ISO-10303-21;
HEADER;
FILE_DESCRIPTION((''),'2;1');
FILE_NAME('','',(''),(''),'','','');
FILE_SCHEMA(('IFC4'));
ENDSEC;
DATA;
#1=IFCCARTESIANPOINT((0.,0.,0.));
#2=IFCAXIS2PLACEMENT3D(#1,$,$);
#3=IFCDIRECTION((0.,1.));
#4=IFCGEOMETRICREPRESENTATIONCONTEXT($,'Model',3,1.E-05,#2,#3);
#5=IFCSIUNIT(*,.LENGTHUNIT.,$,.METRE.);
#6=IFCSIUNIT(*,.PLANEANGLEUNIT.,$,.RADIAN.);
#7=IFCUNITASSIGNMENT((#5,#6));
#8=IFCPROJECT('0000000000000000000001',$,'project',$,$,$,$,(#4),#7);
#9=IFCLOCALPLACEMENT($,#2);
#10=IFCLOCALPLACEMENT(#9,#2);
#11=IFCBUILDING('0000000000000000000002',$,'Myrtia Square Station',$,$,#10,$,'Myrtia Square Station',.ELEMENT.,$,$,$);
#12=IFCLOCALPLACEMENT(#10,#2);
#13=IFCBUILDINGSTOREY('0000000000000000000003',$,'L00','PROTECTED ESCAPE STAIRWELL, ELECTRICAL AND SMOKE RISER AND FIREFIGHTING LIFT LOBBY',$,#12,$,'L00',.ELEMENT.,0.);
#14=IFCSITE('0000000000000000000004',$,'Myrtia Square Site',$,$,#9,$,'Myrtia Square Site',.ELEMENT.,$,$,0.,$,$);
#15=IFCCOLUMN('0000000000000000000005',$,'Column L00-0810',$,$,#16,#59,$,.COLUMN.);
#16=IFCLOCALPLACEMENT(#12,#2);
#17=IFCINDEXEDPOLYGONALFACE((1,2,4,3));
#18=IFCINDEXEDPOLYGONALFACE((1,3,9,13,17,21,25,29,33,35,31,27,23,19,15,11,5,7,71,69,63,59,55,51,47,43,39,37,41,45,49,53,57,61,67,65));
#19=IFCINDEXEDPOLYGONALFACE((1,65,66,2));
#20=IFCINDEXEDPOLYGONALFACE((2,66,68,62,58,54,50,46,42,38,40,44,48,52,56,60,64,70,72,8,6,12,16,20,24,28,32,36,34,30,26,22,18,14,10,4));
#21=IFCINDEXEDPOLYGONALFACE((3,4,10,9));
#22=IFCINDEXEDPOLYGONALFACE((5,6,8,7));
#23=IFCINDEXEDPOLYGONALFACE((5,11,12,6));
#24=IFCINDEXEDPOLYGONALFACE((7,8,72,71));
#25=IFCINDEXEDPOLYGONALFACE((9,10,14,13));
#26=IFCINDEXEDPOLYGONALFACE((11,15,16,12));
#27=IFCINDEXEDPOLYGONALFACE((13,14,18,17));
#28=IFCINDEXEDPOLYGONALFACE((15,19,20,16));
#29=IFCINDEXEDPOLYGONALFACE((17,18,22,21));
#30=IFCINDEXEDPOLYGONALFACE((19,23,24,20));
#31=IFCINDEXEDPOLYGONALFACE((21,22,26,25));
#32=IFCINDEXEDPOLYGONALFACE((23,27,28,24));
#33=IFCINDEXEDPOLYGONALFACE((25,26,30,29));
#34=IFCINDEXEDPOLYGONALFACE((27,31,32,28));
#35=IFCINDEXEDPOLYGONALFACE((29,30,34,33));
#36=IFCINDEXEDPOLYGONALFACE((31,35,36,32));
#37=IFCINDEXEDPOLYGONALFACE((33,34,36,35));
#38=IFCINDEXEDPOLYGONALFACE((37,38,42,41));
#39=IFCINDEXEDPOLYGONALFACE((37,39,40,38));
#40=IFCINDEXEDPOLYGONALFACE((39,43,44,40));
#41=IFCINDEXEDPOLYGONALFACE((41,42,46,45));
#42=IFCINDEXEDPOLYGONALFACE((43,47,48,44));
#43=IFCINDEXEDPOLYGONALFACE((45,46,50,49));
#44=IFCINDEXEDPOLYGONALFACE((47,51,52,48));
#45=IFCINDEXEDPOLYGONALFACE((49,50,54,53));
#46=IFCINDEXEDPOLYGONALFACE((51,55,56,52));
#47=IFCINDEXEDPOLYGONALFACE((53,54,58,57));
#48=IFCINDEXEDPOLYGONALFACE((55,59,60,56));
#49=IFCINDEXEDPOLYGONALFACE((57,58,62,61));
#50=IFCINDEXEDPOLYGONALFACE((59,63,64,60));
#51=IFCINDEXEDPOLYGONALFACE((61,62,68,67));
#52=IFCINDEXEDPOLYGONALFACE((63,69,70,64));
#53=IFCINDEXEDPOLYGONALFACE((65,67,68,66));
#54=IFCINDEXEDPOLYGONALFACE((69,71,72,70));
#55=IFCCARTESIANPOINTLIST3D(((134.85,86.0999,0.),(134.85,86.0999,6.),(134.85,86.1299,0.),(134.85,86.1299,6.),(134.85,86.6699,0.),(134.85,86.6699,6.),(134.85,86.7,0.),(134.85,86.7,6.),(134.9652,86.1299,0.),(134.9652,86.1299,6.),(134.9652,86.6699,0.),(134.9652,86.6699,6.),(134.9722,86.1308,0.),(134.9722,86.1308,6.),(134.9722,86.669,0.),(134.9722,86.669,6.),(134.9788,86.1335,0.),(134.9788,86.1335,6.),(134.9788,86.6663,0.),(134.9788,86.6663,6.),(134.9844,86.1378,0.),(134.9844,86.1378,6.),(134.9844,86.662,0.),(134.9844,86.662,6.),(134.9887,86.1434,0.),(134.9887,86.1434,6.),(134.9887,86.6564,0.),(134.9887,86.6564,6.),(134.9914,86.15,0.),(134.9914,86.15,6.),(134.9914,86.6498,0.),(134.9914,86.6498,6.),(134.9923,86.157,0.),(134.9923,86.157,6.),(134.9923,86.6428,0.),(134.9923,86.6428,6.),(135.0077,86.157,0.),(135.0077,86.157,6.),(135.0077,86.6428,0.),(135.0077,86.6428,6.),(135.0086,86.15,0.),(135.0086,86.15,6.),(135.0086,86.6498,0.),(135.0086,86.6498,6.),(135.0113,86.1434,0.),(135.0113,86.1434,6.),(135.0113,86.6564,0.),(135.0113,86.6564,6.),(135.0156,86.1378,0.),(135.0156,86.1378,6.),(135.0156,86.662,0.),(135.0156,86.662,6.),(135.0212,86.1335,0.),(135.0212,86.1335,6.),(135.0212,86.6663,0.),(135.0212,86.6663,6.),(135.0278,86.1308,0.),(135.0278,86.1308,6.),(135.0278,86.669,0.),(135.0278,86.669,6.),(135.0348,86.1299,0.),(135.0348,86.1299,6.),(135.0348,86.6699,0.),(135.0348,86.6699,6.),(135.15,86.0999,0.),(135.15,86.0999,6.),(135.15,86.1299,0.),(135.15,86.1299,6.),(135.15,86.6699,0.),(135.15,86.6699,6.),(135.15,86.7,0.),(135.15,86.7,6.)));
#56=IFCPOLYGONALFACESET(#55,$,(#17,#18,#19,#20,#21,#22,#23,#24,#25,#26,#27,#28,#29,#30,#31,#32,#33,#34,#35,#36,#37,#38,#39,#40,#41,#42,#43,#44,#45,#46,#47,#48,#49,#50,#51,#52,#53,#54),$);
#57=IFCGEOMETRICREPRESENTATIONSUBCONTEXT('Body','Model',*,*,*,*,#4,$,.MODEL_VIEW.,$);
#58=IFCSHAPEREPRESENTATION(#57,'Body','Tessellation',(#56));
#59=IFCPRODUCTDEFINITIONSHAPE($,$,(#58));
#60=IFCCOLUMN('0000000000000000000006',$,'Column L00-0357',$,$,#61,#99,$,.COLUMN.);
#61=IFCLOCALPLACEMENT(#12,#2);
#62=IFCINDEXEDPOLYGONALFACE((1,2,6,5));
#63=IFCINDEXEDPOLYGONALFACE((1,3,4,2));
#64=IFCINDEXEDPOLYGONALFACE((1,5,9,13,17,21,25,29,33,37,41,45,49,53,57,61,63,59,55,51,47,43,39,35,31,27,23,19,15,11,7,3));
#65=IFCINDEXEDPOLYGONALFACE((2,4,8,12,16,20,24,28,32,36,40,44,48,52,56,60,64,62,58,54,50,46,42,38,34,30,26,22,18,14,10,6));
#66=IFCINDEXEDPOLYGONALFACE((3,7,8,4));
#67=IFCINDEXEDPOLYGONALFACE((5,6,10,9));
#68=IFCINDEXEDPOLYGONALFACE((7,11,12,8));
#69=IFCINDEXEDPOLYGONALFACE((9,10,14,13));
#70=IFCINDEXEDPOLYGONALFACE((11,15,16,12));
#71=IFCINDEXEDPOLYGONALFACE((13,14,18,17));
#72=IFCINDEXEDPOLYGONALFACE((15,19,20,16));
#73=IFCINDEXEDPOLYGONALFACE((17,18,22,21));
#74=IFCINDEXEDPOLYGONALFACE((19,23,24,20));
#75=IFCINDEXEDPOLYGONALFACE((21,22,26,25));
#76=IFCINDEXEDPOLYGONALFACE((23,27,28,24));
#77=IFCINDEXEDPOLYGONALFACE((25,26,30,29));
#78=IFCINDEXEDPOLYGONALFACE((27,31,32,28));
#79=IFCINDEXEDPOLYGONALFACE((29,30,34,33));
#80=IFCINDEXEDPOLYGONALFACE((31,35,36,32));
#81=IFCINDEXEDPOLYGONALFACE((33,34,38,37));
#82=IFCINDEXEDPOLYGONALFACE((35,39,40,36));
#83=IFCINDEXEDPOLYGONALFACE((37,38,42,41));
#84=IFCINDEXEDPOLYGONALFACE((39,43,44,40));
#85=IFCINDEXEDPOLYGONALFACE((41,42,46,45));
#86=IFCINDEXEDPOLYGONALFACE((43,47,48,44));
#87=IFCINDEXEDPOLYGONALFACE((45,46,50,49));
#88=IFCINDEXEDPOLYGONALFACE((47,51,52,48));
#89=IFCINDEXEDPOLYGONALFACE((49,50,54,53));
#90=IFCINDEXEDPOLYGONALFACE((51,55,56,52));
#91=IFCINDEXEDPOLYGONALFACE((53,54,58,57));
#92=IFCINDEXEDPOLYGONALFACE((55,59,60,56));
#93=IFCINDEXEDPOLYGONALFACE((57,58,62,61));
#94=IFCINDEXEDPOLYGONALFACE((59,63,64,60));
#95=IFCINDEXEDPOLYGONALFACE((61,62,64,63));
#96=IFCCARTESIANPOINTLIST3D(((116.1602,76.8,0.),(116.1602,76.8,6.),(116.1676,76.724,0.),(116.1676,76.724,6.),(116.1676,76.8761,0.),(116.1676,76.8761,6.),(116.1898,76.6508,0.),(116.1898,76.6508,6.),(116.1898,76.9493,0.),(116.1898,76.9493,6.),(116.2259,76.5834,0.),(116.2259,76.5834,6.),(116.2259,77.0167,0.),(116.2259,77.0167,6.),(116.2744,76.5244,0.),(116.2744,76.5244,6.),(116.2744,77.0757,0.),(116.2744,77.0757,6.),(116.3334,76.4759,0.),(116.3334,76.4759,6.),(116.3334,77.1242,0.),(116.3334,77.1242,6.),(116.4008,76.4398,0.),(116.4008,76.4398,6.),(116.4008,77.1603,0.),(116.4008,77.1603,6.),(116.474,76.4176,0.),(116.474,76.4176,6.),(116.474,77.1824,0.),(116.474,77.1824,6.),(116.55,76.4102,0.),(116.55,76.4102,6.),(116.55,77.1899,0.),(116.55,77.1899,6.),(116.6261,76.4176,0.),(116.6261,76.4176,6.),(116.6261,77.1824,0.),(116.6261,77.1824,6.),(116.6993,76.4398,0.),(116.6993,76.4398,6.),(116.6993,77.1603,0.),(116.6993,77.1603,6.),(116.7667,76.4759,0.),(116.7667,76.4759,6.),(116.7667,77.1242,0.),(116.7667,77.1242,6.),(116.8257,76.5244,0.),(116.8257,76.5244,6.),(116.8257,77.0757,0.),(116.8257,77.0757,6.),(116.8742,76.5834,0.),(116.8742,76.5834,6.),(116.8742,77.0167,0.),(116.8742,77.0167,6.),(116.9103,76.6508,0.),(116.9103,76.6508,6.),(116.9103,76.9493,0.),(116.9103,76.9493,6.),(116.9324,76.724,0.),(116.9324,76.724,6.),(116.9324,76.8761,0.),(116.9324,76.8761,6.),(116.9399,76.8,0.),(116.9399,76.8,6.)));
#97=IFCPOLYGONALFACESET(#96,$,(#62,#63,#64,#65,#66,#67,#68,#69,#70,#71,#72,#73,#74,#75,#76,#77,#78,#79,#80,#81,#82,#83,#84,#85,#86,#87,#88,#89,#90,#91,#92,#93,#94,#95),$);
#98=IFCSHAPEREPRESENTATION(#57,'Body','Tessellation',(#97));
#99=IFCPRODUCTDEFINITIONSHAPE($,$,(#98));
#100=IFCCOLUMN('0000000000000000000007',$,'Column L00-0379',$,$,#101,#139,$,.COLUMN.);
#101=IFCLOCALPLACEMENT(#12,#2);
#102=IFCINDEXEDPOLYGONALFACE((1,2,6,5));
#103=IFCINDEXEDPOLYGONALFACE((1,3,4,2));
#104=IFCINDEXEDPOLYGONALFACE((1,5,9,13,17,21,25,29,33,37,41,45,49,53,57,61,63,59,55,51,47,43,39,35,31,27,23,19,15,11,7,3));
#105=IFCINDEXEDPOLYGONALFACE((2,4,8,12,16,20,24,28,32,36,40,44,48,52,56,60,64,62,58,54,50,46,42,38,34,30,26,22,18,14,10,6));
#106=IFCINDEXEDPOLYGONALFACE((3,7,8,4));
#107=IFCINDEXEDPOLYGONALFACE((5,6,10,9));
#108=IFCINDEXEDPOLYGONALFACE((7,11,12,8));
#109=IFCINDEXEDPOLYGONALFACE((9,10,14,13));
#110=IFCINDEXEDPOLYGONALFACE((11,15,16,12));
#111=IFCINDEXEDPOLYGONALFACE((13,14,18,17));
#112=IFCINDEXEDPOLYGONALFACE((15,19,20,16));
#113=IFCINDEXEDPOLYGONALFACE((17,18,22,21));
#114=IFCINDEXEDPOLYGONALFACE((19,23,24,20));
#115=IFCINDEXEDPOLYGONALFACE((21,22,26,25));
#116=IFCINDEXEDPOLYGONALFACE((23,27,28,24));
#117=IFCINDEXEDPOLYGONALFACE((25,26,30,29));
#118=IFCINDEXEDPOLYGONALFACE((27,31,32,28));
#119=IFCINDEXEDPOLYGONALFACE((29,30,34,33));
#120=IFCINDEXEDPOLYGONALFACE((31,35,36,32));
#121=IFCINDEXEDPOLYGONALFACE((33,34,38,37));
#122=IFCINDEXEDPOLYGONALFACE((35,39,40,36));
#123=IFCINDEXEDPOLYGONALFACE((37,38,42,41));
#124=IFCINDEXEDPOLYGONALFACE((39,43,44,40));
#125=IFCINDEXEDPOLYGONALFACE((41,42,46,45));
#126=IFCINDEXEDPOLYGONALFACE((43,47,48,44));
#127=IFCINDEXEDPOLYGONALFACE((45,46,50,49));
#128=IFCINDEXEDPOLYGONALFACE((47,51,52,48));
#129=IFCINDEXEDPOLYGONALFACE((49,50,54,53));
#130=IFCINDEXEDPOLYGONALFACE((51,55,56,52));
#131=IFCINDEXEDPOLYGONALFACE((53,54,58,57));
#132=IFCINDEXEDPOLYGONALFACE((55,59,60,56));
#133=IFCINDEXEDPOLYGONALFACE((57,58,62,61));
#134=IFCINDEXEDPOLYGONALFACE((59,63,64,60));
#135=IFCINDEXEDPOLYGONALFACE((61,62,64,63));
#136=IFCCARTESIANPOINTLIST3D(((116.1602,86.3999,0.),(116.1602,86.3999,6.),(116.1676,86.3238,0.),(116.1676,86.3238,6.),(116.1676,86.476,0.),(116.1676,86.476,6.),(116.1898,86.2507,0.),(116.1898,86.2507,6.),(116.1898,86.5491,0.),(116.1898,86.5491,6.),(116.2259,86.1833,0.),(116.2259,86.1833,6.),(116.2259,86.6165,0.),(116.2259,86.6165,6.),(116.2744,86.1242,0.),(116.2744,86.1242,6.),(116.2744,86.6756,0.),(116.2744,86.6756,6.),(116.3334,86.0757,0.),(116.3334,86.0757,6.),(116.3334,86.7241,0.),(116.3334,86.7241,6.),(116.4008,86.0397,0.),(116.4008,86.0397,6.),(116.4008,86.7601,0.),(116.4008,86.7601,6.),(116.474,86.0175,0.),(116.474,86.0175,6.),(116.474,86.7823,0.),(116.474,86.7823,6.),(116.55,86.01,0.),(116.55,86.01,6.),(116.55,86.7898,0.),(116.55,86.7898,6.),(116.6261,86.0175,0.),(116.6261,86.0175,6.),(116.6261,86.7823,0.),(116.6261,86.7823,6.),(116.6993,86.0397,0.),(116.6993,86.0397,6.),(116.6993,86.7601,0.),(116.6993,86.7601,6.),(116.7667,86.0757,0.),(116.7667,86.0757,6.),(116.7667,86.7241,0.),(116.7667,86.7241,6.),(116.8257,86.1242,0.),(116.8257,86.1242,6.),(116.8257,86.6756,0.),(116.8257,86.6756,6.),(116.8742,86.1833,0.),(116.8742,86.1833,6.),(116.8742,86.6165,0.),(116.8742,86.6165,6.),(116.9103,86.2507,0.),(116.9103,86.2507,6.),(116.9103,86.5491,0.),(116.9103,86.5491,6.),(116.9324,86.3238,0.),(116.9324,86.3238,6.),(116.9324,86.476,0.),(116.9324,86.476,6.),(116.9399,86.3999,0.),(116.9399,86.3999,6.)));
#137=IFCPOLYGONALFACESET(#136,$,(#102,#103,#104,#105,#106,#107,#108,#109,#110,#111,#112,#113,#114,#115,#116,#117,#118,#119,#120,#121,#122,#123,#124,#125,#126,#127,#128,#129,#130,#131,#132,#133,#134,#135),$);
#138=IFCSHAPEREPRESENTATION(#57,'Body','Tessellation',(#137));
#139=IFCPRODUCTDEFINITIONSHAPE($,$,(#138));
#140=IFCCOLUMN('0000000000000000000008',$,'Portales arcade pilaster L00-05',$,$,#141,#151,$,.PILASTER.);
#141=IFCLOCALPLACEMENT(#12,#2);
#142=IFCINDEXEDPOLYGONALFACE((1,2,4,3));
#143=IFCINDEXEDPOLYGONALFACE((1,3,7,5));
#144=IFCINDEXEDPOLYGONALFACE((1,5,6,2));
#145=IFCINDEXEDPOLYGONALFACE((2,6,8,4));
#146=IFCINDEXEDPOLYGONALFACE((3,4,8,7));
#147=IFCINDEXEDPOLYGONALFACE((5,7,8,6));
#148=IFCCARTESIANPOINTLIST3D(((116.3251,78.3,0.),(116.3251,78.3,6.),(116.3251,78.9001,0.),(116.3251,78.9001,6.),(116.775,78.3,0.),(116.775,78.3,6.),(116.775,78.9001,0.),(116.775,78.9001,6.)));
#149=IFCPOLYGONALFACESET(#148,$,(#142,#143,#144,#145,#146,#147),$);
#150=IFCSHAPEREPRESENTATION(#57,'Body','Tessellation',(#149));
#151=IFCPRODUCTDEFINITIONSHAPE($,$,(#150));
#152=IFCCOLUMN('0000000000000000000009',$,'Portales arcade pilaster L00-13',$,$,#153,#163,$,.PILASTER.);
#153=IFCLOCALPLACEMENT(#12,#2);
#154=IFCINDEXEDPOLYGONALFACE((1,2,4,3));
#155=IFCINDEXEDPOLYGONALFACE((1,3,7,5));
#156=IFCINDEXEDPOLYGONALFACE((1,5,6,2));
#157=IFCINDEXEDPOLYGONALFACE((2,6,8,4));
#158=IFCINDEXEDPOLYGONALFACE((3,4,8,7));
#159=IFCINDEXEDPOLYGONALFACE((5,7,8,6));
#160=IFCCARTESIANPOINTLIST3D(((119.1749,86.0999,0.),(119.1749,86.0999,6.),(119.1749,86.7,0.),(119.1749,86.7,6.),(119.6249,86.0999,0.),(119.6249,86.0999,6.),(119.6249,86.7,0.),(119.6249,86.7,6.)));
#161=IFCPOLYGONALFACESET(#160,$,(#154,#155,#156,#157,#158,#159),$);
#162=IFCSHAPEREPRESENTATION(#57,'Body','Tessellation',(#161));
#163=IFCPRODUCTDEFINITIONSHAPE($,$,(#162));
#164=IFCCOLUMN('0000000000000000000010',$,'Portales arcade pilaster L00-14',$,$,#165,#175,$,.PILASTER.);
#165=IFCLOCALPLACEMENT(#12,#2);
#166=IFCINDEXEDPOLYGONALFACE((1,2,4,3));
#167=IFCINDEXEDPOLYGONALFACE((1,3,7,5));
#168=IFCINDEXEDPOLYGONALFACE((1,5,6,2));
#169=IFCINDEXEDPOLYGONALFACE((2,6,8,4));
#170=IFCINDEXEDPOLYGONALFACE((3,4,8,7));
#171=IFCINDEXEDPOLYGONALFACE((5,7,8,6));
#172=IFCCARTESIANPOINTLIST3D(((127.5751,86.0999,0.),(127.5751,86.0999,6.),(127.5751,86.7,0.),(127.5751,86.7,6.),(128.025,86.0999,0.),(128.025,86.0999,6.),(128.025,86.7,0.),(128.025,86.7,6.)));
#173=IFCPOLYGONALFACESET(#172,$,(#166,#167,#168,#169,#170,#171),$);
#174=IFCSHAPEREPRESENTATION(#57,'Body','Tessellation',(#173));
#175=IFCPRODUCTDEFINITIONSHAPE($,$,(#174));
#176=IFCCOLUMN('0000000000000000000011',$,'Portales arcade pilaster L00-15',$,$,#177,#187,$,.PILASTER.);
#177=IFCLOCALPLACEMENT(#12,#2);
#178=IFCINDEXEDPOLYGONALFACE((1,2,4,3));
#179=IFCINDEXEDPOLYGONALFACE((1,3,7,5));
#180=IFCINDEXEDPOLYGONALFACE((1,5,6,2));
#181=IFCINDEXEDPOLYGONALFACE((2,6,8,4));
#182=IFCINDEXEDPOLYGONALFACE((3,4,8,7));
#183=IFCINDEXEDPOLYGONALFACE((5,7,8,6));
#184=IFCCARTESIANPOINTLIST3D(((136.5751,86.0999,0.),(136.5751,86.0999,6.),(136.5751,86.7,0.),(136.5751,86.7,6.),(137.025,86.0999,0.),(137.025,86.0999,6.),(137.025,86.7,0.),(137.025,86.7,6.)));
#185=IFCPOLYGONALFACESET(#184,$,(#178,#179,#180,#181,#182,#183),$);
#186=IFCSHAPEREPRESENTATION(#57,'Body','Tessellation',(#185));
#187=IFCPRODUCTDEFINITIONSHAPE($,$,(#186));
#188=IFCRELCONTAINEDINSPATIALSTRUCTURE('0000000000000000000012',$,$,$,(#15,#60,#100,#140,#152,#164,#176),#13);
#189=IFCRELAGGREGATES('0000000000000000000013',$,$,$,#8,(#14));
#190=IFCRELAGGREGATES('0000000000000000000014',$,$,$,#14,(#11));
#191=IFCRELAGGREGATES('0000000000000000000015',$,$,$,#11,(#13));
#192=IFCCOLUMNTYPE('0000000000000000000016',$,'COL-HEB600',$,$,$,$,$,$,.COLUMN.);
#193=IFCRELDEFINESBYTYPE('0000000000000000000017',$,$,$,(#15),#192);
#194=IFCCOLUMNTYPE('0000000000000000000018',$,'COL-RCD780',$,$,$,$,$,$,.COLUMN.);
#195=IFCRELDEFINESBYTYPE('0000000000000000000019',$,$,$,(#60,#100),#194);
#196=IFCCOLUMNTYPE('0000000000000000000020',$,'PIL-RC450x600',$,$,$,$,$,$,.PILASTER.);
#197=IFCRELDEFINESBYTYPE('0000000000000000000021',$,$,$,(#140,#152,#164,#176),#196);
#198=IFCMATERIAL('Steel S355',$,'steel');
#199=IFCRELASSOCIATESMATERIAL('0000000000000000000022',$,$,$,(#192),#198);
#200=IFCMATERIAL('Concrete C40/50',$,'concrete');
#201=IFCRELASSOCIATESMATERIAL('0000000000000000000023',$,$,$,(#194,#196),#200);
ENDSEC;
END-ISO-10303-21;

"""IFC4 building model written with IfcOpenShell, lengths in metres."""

from ifc_helpers import new_model, si_unit, direction, frame, origin, origin_2d, place, context, subcontext, project, spatial, rectangle, circle, i_section, extrude, material, material_profile, profile_set, type_object, element, save


model = new_model("IFC4")

# Units and contexts
model_context = context("Model", 3, precision=1e-05, world=origin(), true_north=direction((0.0, 1.0)))
body_context = subcontext(model_context, "Body", "Model", "MODEL_VIEW")
ifc_project = project(units=[si_unit("LENGTHUNIT", "METRE"), si_unit("PLANEANGLEUNIT", "RADIAN")], contexts=[model_context])

# Site, building, storey
site_placement = place(None, origin())
site = spatial("IfcSite", under=ifc_project, at=site_placement, Name="Myrtia Square Site", LongName="Myrtia Square Site", CompositionType="ELEMENT", RefElevation=0.0)
building_placement = place(site_placement, origin())
building = spatial("IfcBuilding", under=site, at=building_placement, Name="Myrtia Square Station", LongName="Myrtia Square Station", CompositionType="ELEMENT")
storey_placement = place(building_placement, origin())
storey = spatial("IfcBuildingStorey", under=building, at=storey_placement, Name="L00", Description="PROTECTED ESCAPE STAIRWELL, ELECTRICAL AND SMOKE RISER AND FIREFIGHTING LIFT LOBBY", LongName="L00", CompositionType="ELEMENT", Elevation=0.0)

# Columns
ifc_material_1 = material(Name="Steel S355", Category="steel")
ifc_material_profile_1 = material_profile(ifc_material_1, i_section(OverallWidth=0.3, OverallDepth=0.6001, WebThickness=0.0154, FlangeThickness=0.03, FilletRadius=0.0271, at=origin_2d()), Name="HEB 600")
ifc_profile_set_1 = profile_set([ifc_material_profile_1], Name="Steel S355")
column_type_1 = type_object("IfcColumnType", Name="COL-HEB600", PredefinedType="COLUMN", material=ifc_profile_set_1)
for number, where, z_axis, x_axis, name in (
    (1, (135.0, 86.3999, 0.0), (0.0, 0.0, 1.0), (1.0, 0.0, 0.0), "Column L00-0810"),
):
    element("IfcColumn", number, at=place(storey_placement, frame(where, z_axis=z_axis, x_axis=x_axis)), inside=storey, type_object=column_type_1, Name=name, PredefinedType="COLUMN", context=body_context, shape_type="SweptSolid", body=[
        extrude(i_section(OverallWidth=0.3, OverallDepth=0.6001, WebThickness=0.0154, FlangeThickness=0.03, FilletRadius=0.0271, at=origin_2d()), origin(), (0.0, 0.0, 1.0), 6.0),
    ])
ifc_material_2 = material(Name="Concrete C40/50", Category="concrete")
ifc_material_profile_2 = material_profile(ifc_material_2, circle(Radius=0.3899, at=origin_2d()), Name="RC D780")
ifc_profile_set_2 = profile_set([ifc_material_profile_2], Name="Concrete C40/50")
column_type_2 = type_object("IfcColumnType", Name="COL-RCD780", PredefinedType="COLUMN", material=ifc_profile_set_2)
for number, where, z_axis, x_axis, name in (
    (2, (116.55, 76.8, 0.0), (0.0, 0.0, 1.0), (1.0, 0.0, 0.0), "Column L00-0357"),
    (3, (116.55, 86.3999, 0.0), (0.0, 0.0, 1.0), (1.0, 0.0, 0.0), "Column L00-0379"),
):
    element("IfcColumn", number, at=place(storey_placement, frame(where, z_axis=z_axis, x_axis=x_axis)), inside=storey, type_object=column_type_2, Name=name, PredefinedType="COLUMN", context=body_context, shape_type="SweptSolid", body=[
        extrude(circle(Radius=0.3899, at=origin_2d()), origin(), (0.0, 0.0, 1.0), 6.0),
    ])
ifc_material_profile_3 = material_profile(ifc_material_2, rectangle(XDim=0.45, YDim=0.6001, at=origin_2d()), Name="PIL 450x600")
ifc_profile_set_3 = profile_set([ifc_material_profile_3], Name="Concrete C40/50")
column_type_3 = type_object("IfcColumnType", Name="PIL-RC450x600", PredefinedType="PILASTER", material=ifc_profile_set_3)
for number, where, z_axis, x_axis, name in (
    (4, (116.55, 78.6001, 0.0), (0.0, 0.0, 1.0), (1.0, 0.0, 0.0), "Portales arcade pilaster L00-05"),
    (5, (119.3999, 86.3999, 0.0), (0.0, 0.0, 1.0), (1.0, 0.0, 0.0), "Portales arcade pilaster L00-13"),
    (6, (127.8, 86.3999, 0.0), (0.0, 0.0, 1.0), (1.0, 0.0, 0.0), "Portales arcade pilaster L00-14"),
    (7, (136.8, 86.3999, 0.0), (0.0, 0.0, 1.0), (1.0, 0.0, 0.0), "Portales arcade pilaster L00-15"),
):
    element("IfcColumn", number, at=place(storey_placement, frame(where, z_axis=z_axis, x_axis=x_axis)), inside=storey, type_object=column_type_3, Name=name, PredefinedType="PILASTER", context=body_context, shape_type="SweptSolid", body=[
        extrude(rectangle(XDim=0.45, YDim=0.6001, at=origin_2d()), origin(), (0.0, 0.0, 1.0), 6.0),
    ])

save(model, "model.ifc")
